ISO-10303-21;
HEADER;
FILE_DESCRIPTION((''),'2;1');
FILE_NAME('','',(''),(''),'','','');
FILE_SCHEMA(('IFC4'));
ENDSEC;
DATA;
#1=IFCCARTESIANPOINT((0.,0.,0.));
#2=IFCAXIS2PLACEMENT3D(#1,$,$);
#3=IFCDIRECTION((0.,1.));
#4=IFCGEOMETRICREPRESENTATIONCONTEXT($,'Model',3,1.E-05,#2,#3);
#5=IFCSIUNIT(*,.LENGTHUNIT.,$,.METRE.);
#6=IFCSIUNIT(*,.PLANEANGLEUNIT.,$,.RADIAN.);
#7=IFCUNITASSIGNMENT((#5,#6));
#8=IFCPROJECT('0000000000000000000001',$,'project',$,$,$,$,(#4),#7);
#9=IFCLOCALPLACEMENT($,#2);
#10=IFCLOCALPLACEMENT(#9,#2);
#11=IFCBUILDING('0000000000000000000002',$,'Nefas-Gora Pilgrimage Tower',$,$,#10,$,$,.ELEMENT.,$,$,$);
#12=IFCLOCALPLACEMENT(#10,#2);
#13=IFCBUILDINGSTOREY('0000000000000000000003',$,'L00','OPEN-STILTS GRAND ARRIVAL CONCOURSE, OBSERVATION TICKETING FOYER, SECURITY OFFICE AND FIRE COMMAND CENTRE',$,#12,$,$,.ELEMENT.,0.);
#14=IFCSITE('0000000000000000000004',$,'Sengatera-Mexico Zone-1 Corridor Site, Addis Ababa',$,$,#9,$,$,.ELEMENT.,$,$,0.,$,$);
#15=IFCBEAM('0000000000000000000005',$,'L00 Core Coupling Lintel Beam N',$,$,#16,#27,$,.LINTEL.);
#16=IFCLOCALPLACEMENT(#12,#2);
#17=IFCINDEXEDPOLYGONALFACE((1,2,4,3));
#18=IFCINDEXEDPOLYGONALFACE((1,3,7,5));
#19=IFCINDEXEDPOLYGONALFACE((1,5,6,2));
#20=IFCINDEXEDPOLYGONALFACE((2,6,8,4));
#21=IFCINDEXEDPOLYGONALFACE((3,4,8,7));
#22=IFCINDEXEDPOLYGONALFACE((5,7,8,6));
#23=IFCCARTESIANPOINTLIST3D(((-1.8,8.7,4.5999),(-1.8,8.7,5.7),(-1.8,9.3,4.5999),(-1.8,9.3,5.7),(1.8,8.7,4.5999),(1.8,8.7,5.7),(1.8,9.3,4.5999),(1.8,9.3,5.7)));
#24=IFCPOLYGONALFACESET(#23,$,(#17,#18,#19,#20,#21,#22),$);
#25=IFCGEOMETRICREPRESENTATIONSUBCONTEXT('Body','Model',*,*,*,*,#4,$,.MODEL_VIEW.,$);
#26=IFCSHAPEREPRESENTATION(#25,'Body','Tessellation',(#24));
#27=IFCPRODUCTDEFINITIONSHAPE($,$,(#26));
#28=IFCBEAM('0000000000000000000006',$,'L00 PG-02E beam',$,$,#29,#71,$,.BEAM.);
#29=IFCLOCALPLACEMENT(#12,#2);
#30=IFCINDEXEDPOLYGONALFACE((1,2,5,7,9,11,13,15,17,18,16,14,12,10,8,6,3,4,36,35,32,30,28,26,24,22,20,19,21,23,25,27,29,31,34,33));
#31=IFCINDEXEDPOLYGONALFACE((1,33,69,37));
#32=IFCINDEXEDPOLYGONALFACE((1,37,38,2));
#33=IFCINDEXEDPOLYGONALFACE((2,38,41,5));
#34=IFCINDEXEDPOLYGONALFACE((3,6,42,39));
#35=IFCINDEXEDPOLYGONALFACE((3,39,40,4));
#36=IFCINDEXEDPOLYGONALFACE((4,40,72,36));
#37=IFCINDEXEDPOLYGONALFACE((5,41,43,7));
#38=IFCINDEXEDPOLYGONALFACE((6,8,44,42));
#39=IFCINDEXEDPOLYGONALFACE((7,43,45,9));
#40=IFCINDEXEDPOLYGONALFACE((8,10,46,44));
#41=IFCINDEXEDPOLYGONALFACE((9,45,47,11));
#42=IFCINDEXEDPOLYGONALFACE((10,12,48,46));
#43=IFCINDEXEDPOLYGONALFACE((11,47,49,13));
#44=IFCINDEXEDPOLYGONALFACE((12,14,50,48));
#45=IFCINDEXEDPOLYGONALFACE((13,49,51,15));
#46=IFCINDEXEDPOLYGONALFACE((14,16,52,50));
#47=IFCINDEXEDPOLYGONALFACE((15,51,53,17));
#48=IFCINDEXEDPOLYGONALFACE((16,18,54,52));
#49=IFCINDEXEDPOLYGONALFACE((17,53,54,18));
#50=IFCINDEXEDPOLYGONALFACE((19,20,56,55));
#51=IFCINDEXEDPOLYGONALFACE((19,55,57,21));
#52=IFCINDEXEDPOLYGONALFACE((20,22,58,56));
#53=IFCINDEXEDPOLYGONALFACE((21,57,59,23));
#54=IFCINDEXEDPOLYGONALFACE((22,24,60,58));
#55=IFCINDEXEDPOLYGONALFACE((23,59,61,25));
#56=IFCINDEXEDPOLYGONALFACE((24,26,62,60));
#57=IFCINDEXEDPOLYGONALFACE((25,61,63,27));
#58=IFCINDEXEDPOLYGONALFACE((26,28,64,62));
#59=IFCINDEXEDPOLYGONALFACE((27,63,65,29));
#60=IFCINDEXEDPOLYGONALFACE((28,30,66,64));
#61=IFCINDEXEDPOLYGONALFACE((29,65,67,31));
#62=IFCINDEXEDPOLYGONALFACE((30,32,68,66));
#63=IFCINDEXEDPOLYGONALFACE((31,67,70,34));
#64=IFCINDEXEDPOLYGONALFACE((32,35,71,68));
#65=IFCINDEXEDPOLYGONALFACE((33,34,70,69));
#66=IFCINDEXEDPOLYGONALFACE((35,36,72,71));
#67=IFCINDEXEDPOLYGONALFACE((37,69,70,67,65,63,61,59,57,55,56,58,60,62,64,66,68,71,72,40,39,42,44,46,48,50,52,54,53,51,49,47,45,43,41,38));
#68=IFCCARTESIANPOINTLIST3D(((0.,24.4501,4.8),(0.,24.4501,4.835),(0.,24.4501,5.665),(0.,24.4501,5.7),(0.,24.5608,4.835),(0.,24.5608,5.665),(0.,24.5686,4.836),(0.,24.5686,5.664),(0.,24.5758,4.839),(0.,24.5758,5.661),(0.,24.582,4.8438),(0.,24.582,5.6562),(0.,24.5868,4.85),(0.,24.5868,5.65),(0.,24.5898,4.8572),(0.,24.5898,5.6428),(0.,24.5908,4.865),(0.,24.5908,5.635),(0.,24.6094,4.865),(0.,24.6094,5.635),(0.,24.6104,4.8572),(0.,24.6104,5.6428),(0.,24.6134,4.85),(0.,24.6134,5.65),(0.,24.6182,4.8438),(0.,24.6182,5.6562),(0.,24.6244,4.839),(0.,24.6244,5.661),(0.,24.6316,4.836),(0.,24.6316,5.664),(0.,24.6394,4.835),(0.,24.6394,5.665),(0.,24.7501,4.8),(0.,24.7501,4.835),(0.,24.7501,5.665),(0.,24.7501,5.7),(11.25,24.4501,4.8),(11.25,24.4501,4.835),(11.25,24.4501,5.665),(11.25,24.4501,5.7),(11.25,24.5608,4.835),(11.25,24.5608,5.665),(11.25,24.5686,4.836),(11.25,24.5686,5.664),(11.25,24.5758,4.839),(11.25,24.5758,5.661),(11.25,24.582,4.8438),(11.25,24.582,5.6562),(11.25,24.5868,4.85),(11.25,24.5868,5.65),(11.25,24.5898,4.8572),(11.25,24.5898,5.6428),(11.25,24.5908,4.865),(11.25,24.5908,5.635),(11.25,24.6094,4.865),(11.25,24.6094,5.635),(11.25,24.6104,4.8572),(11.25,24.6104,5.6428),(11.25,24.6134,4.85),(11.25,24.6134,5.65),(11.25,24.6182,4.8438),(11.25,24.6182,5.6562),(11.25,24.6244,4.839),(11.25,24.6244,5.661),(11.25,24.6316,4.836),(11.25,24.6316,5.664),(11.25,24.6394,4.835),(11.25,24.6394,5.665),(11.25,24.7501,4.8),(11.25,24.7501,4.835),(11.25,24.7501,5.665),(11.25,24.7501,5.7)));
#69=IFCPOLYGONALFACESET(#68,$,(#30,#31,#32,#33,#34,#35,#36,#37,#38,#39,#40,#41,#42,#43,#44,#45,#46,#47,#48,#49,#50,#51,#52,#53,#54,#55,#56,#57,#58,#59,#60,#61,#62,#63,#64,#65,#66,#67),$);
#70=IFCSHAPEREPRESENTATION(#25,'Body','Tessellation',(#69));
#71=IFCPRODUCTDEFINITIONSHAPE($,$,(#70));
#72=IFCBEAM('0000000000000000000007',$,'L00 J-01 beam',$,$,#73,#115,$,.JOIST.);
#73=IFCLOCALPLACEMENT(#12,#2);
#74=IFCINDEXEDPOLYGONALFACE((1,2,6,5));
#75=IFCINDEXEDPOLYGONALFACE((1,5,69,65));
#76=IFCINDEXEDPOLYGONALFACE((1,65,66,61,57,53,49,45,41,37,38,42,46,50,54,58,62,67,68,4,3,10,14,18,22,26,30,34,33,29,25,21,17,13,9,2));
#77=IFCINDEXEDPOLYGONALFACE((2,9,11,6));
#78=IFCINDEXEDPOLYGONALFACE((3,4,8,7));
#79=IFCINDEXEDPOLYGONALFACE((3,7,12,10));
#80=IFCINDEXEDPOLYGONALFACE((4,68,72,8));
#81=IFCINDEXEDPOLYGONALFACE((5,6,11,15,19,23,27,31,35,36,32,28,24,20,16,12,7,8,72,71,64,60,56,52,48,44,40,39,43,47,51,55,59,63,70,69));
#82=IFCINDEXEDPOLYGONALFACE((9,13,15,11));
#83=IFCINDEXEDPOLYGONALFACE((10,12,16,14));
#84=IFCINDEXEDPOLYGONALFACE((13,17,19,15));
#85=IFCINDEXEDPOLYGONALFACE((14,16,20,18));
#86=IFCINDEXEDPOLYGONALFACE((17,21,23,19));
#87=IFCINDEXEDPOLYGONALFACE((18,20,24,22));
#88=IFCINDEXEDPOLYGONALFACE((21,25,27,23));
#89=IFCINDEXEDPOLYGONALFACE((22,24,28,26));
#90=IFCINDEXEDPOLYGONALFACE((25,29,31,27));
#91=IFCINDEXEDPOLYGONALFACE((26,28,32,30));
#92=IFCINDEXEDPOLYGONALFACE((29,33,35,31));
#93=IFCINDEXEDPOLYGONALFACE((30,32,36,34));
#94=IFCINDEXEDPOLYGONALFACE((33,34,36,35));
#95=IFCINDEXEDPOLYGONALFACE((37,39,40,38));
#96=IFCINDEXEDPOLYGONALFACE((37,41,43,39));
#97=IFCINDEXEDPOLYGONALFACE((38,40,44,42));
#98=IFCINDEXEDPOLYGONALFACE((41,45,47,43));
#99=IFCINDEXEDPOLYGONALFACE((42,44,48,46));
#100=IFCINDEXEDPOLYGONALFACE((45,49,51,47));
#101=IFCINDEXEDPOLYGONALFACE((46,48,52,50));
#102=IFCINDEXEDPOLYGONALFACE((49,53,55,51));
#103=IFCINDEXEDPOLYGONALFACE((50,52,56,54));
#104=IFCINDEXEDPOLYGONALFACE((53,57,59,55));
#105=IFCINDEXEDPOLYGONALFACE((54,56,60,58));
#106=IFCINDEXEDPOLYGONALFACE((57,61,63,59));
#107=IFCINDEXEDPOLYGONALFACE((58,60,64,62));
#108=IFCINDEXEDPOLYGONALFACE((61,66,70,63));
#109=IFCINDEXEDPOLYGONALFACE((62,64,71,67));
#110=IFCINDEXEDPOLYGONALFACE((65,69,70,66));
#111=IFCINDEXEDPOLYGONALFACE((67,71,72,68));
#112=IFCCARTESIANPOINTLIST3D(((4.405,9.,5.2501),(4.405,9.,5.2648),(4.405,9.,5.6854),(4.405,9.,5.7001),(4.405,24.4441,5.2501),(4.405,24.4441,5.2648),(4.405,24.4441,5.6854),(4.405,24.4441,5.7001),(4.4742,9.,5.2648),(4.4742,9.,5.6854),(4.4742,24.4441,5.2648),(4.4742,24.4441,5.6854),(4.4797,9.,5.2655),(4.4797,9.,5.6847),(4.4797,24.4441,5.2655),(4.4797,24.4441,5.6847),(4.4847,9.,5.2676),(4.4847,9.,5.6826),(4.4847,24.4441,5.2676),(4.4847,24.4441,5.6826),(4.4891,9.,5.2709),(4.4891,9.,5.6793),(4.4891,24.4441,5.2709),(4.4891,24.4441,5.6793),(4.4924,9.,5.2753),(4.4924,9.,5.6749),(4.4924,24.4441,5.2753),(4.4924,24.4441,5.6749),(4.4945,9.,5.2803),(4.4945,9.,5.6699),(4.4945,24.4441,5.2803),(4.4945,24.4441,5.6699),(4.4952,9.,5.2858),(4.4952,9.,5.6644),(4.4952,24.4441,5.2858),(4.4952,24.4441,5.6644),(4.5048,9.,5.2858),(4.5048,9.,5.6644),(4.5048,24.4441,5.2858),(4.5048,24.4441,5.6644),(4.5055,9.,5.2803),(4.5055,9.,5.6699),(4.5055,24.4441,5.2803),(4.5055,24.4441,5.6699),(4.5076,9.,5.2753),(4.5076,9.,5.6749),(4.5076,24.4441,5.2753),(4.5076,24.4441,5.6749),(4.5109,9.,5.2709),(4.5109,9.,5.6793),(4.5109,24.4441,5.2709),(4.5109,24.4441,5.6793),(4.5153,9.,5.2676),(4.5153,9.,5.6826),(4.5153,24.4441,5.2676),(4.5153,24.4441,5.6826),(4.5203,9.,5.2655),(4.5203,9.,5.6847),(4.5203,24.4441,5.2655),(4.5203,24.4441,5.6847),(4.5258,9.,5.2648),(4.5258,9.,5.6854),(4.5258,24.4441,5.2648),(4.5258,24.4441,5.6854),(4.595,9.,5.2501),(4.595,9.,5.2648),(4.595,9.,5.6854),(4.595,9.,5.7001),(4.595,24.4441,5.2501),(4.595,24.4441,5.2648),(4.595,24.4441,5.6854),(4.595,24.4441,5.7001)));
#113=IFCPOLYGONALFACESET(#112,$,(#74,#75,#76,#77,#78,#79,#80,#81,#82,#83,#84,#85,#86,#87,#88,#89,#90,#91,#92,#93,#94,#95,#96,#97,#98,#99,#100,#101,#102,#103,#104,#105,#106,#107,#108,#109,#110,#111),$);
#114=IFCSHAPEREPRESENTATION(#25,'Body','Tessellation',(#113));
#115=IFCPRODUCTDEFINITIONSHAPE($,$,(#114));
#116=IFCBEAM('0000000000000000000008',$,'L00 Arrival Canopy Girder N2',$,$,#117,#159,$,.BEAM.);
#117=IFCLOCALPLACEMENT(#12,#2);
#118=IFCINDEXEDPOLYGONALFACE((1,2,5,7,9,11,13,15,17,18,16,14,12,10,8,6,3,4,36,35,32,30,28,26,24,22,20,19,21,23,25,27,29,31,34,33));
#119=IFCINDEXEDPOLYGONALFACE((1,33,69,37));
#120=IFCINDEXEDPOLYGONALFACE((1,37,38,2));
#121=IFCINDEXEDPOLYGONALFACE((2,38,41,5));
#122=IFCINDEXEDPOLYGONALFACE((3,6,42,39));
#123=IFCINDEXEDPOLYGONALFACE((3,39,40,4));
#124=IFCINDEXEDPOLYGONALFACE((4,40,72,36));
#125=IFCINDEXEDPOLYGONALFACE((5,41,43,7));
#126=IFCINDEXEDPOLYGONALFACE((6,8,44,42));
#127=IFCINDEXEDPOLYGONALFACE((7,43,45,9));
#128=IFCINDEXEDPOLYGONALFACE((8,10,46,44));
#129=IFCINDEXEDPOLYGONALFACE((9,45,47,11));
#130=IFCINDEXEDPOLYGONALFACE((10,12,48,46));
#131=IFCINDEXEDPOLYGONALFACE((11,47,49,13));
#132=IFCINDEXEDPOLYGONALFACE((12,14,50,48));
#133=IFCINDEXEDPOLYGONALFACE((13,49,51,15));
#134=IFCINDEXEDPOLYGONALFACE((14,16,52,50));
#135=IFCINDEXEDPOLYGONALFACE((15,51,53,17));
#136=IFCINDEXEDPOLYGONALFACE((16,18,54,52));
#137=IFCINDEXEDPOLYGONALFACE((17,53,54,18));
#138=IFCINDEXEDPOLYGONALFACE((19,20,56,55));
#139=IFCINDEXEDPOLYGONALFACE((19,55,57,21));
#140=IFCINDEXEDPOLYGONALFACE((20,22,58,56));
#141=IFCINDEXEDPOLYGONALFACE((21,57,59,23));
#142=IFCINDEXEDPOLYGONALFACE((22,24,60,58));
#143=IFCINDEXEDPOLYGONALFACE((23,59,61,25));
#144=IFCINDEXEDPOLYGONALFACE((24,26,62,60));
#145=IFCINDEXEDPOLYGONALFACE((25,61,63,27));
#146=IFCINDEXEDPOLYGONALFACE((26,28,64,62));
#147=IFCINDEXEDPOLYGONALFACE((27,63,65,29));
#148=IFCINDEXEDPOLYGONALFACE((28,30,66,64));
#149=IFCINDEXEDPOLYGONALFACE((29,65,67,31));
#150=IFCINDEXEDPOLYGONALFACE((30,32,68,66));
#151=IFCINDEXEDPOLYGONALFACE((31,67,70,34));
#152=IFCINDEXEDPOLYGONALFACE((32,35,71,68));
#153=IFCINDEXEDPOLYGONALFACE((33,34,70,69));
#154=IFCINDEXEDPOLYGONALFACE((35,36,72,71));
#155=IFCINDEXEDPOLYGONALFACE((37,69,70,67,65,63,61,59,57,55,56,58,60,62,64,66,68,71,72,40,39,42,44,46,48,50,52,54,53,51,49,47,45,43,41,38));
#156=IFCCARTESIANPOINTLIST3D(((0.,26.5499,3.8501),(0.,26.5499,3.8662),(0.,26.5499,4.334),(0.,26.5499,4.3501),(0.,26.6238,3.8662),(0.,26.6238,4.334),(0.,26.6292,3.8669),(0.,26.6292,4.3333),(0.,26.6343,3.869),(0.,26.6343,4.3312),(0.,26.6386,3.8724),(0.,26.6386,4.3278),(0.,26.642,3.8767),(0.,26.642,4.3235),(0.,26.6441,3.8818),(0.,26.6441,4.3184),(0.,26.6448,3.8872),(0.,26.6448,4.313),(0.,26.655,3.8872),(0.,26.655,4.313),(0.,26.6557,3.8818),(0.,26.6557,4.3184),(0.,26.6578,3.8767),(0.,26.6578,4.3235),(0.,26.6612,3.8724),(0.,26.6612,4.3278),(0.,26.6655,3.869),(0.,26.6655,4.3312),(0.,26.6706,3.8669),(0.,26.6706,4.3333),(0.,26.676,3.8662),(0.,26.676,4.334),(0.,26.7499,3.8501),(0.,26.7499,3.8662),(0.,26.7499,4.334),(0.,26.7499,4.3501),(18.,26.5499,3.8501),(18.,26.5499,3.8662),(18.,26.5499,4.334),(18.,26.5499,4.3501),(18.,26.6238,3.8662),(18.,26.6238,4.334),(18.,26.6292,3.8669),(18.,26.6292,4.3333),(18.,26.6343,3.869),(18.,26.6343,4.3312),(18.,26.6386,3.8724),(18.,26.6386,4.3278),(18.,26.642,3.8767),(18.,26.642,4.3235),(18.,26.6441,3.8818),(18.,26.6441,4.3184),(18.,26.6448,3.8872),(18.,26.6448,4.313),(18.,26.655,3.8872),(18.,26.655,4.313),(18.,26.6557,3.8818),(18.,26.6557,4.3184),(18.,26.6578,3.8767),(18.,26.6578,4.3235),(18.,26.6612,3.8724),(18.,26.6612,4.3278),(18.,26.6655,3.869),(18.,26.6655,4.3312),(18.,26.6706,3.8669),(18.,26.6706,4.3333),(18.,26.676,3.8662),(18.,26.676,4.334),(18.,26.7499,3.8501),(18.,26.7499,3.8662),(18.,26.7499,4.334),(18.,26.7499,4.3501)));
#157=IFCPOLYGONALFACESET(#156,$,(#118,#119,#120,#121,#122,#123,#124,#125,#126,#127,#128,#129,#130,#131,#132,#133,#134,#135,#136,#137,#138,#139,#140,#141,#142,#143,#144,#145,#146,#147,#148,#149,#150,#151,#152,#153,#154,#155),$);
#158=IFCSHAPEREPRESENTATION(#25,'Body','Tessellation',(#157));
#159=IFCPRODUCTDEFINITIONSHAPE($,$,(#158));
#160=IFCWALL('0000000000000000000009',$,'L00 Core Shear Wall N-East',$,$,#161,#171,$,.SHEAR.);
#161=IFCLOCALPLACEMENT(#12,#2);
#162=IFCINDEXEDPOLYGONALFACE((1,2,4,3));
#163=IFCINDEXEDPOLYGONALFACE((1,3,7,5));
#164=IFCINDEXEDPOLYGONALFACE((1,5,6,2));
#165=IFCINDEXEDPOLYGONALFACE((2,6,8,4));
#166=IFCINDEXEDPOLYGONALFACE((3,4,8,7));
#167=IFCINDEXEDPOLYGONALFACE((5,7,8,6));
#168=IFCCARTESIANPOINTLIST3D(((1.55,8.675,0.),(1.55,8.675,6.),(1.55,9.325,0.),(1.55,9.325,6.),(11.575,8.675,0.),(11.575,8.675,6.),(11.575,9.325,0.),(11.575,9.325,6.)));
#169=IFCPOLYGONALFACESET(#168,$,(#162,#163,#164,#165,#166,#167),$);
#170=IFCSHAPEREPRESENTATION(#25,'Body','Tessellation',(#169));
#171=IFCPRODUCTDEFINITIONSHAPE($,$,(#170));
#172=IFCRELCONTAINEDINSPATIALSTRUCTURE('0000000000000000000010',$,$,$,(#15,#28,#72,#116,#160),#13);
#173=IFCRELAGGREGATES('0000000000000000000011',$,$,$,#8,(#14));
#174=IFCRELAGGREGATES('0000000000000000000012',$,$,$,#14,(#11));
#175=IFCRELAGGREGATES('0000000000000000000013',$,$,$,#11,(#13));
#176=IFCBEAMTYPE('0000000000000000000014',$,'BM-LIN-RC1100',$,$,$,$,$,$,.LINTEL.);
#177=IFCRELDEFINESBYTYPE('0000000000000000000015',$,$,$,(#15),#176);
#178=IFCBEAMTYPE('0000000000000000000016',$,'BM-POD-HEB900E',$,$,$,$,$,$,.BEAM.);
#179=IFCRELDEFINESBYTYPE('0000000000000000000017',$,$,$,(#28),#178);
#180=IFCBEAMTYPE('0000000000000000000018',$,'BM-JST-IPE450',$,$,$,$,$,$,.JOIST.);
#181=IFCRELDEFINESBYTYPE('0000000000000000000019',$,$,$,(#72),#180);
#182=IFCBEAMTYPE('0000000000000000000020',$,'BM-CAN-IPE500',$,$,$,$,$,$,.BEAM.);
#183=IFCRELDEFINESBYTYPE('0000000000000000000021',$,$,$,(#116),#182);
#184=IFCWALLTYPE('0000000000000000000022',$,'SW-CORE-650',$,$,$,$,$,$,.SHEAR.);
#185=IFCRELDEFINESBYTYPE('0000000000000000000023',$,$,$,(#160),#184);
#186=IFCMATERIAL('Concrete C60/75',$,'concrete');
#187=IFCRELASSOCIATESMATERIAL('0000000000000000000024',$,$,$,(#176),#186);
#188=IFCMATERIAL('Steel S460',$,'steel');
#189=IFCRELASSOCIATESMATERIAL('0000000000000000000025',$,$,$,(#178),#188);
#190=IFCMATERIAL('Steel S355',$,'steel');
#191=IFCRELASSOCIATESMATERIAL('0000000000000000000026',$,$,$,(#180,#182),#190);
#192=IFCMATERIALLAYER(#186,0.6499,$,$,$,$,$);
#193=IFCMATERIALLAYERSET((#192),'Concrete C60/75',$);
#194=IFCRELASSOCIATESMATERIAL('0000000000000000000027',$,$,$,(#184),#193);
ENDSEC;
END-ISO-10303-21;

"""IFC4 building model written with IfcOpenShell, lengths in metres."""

from ifc_helpers import new_model, si_unit, direction, frame, frame_2d, origin, origin_2d, place, context, subcontext, project, spatial, rectangle, i_section, extrude, source, transform, mapped, material, layer, layer_set, material_profile, profile_set, type_object, element, save


model = new_model("IFC4")

# Units and contexts
model_context = context("Model", 3, precision=1e-05, world=origin(), true_north=direction((0.0, 1.0)))
body_context = subcontext(model_context, "Body", "Model", "MODEL_VIEW")
ifc_project = project(units=[si_unit("LENGTHUNIT", "METRE"), si_unit("PLANEANGLEUNIT", "RADIAN")], contexts=[model_context])

# Site, building, storey
site_placement = place(None, origin())
site = spatial("IfcSite", under=ifc_project, at=site_placement, Name="Sengatera-Mexico Zone-1 Corridor Site, Addis Ababa", CompositionType="ELEMENT", RefElevation=0.0)
building_placement = place(site_placement, origin())
building = spatial("IfcBuilding", under=site, at=building_placement, Name="Nefas-Gora Pilgrimage Tower", CompositionType="ELEMENT")
storey_placement = place(building_placement, origin())
storey = spatial("IfcBuildingStorey", under=building, at=storey_placement, Name="L00", Description="OPEN-STILTS GRAND ARRIVAL CONCOURSE, OBSERVATION TICKETING FOYER, SECURITY OFFICE AND FIRE COMMAND CENTRE", CompositionType="ELEMENT", Elevation=0.0)

# Shared definitions
ifc_material_1 = material(Name="Steel S355", Category="steel")
ifc_material_2 = material(Name="Steel S460", Category="steel")

# Beams
ifc_material_3 = material(Name="Concrete C60/75", Category="concrete")
ifc_material_profile_1 = material_profile(ifc_material_3, rectangle(XDim=0.6001, YDim=1.1001, at=origin_2d()), Name="RC 600x1100")
ifc_profile_set_1 = profile_set([ifc_material_profile_1], Name="Concrete C60/75")
beam_type_1 = type_object("IfcBeamType", Name="BM-LIN-RC1100", PredefinedType="LINTEL", material=ifc_profile_set_1)
shared_shape_1 = source(origin(), body_context, "Body", "SweptSolid", [
    extrude(rectangle(XDim=0.6001, YDim=1.1001, at=origin_2d()), origin(), (0.0, 0.0, 1.0), 3.6001),
])
beam_1_placement = place(storey_placement, frame((-1.8, 9.0, 5.1499), z_axis=(1.0, 0.0, 0.0), x_axis=(0.0, 1.0, 0.0)))
element("IfcBeam", 1, at=beam_1_placement, inside=storey, type_object=beam_type_1, Name="L00 Core Coupling Lintel Beam N", PredefinedType="LINTEL", context=body_context, shape_type="MappedRepresentation", body=[
    mapped(shared_shape_1, transform((0.0, 0.0, 0.0), x_axis=(1.0, 0.0, 0.0), y_axis=(0.0, 1.0, 0.0), z_axis=(0.0, 0.0, 1.0), scale=1.0)),
])
ifc_material_profile_2 = material_profile(ifc_material_2, i_section(OverallWidth=0.3, OverallDepth=0.8999, WebThickness=0.0186, FlangeThickness=0.0349, FilletRadius=0.03, at=origin_2d()), Name="HEB 900")
ifc_profile_set_2 = profile_set([ifc_material_profile_2], Name="Steel S460")
beam_type_2 = type_object("IfcBeamType", Name="BM-POD-HEB900E", PredefinedType="BEAM", material=ifc_profile_set_2)
shared_shape_2 = source(origin(), body_context, "Body", "SweptSolid", [
    extrude(i_section(OverallWidth=0.3, OverallDepth=0.8999, WebThickness=0.0186, FlangeThickness=0.0349, FilletRadius=0.03, at=origin_2d()), origin(), (0.0, 0.0, 1.0), 11.25),
])
beam_2_placement = place(storey_placement, frame((0.0, 24.6001, 5.25), z_axis=(1.0, 0.0, 0.0), x_axis=(0.0, 1.0, 0.0)))
element("IfcBeam", 2, at=beam_2_placement, inside=storey, type_object=beam_type_2, Name="L00 PG-02E beam", PredefinedType="BEAM", context=body_context, shape_type="MappedRepresentation", body=[
    mapped(shared_shape_2, transform((0.0, 0.0, 0.0), x_axis=(1.0, 0.0, 0.0), y_axis=(0.0, 1.0, 0.0), z_axis=(0.0, 0.0, 1.0), scale=1.0)),
])
ifc_material_profile_3 = material_profile(ifc_material_1, i_section(OverallWidth=0.1899, OverallDepth=0.45, WebThickness=0.0095, FlangeThickness=0.0146, FilletRadius=0.021, at=origin_2d()), Name="IPE 450")
ifc_profile_set_3 = profile_set([ifc_material_profile_3], Name="Steel S355")
beam_type_3 = type_object("IfcBeamType", Name="BM-JST-IPE450", PredefinedType="JOIST", material=ifc_profile_set_3)
shared_shape_3 = source(origin(), body_context, "Body", "SweptSolid", [
    extrude(i_section(OverallWidth=0.1899, OverallDepth=0.45, WebThickness=0.0095, FlangeThickness=0.0146, FilletRadius=0.021, at=origin_2d()), origin(), (0.0, 0.0, 1.0), 15.4441),
])
beam_3_placement = place(storey_placement, frame((4.5, 9.0, 5.4751), z_axis=(0.0, 1.0, 0.0), x_axis=(-1.0, 0.0, 0.0)))
element("IfcBeam", 3, at=beam_3_placement, inside=storey, type_object=beam_type_3, Name="L00 J-01 beam", PredefinedType="JOIST", context=body_context, shape_type="MappedRepresentation", body=[
    mapped(shared_shape_3, transform((0.0, 0.0, 0.0), x_axis=(1.0, 0.0, 0.0), y_axis=(0.0, 1.0, 0.0), z_axis=(0.0, 0.0, 1.0), scale=1.0)),
])
ifc_material_profile_4 = material_profile(ifc_material_1, i_section(OverallWidth=0.2, OverallDepth=0.5, WebThickness=0.0103, FlangeThickness=0.0161, FilletRadius=0.021, at=origin_2d()), Name="IPE 500")
ifc_profile_set_4 = profile_set([ifc_material_profile_4], Name="Steel S355")
beam_type_4 = type_object("IfcBeamType", Name="BM-CAN-IPE500", PredefinedType="BEAM", material=ifc_profile_set_4)
shared_shape_4 = source(origin(), body_context, "Body", "SweptSolid", [
    extrude(i_section(OverallWidth=0.2, OverallDepth=0.5, WebThickness=0.0103, FlangeThickness=0.0161, FilletRadius=0.021, at=origin_2d()), origin(), (0.0, 0.0, 1.0), 18.0),
])
beam_4_placement = place(storey_placement, frame((0.0, 26.6499, 4.1001), z_axis=(1.0, 0.0, 0.0), x_axis=(0.0, 1.0, 0.0)))
element("IfcBeam", 4, at=beam_4_placement, inside=storey, type_object=beam_type_4, Name="L00 Arrival Canopy Girder N2", PredefinedType="BEAM", context=body_context, shape_type="MappedRepresentation", body=[
    mapped(shared_shape_4, transform((0.0, 0.0, 0.0), x_axis=(1.0, 0.0, 0.0), y_axis=(0.0, 1.0, 0.0), z_axis=(0.0, 0.0, 1.0), scale=1.0)),
])

# Wall
ifc_layer_1 = layer(ifc_material_3, 0.6499)
ifc_layer_set_1 = layer_set([ifc_layer_1], Name="Concrete C60/75")
wall_type_1 = type_object("IfcWallType", Name="SW-CORE-650", PredefinedType="SHEAR", material=ifc_layer_set_1)
shared_shape_5 = source(origin(), body_context, "Body", "SweptSolid", [
    extrude(rectangle(XDim=10.0249, YDim=0.6499, at=frame_2d((5.0125, 0.0))), origin(), (0.0, 0.0, 1.0), 6.0),
])
wall_1_placement = place(storey_placement, frame((1.55, 9.0, 0.0), z_axis=(0.0, 0.0, 1.0), x_axis=(1.0, 0.0, 0.0)))
element("IfcWall", 5, at=wall_1_placement, inside=storey, type_object=wall_type_1, Name="L00 Core Shear Wall N-East", PredefinedType="SHEAR", context=body_context, shape_type="MappedRepresentation", body=[
    mapped(shared_shape_5, transform((0.0, 0.0, 0.0), x_axis=(1.0, 0.0, 0.0), y_axis=(0.0, 1.0, 0.0), z_axis=(0.0, 0.0, 1.0), scale=1.0)),
])

save(model, "model.ifc")
